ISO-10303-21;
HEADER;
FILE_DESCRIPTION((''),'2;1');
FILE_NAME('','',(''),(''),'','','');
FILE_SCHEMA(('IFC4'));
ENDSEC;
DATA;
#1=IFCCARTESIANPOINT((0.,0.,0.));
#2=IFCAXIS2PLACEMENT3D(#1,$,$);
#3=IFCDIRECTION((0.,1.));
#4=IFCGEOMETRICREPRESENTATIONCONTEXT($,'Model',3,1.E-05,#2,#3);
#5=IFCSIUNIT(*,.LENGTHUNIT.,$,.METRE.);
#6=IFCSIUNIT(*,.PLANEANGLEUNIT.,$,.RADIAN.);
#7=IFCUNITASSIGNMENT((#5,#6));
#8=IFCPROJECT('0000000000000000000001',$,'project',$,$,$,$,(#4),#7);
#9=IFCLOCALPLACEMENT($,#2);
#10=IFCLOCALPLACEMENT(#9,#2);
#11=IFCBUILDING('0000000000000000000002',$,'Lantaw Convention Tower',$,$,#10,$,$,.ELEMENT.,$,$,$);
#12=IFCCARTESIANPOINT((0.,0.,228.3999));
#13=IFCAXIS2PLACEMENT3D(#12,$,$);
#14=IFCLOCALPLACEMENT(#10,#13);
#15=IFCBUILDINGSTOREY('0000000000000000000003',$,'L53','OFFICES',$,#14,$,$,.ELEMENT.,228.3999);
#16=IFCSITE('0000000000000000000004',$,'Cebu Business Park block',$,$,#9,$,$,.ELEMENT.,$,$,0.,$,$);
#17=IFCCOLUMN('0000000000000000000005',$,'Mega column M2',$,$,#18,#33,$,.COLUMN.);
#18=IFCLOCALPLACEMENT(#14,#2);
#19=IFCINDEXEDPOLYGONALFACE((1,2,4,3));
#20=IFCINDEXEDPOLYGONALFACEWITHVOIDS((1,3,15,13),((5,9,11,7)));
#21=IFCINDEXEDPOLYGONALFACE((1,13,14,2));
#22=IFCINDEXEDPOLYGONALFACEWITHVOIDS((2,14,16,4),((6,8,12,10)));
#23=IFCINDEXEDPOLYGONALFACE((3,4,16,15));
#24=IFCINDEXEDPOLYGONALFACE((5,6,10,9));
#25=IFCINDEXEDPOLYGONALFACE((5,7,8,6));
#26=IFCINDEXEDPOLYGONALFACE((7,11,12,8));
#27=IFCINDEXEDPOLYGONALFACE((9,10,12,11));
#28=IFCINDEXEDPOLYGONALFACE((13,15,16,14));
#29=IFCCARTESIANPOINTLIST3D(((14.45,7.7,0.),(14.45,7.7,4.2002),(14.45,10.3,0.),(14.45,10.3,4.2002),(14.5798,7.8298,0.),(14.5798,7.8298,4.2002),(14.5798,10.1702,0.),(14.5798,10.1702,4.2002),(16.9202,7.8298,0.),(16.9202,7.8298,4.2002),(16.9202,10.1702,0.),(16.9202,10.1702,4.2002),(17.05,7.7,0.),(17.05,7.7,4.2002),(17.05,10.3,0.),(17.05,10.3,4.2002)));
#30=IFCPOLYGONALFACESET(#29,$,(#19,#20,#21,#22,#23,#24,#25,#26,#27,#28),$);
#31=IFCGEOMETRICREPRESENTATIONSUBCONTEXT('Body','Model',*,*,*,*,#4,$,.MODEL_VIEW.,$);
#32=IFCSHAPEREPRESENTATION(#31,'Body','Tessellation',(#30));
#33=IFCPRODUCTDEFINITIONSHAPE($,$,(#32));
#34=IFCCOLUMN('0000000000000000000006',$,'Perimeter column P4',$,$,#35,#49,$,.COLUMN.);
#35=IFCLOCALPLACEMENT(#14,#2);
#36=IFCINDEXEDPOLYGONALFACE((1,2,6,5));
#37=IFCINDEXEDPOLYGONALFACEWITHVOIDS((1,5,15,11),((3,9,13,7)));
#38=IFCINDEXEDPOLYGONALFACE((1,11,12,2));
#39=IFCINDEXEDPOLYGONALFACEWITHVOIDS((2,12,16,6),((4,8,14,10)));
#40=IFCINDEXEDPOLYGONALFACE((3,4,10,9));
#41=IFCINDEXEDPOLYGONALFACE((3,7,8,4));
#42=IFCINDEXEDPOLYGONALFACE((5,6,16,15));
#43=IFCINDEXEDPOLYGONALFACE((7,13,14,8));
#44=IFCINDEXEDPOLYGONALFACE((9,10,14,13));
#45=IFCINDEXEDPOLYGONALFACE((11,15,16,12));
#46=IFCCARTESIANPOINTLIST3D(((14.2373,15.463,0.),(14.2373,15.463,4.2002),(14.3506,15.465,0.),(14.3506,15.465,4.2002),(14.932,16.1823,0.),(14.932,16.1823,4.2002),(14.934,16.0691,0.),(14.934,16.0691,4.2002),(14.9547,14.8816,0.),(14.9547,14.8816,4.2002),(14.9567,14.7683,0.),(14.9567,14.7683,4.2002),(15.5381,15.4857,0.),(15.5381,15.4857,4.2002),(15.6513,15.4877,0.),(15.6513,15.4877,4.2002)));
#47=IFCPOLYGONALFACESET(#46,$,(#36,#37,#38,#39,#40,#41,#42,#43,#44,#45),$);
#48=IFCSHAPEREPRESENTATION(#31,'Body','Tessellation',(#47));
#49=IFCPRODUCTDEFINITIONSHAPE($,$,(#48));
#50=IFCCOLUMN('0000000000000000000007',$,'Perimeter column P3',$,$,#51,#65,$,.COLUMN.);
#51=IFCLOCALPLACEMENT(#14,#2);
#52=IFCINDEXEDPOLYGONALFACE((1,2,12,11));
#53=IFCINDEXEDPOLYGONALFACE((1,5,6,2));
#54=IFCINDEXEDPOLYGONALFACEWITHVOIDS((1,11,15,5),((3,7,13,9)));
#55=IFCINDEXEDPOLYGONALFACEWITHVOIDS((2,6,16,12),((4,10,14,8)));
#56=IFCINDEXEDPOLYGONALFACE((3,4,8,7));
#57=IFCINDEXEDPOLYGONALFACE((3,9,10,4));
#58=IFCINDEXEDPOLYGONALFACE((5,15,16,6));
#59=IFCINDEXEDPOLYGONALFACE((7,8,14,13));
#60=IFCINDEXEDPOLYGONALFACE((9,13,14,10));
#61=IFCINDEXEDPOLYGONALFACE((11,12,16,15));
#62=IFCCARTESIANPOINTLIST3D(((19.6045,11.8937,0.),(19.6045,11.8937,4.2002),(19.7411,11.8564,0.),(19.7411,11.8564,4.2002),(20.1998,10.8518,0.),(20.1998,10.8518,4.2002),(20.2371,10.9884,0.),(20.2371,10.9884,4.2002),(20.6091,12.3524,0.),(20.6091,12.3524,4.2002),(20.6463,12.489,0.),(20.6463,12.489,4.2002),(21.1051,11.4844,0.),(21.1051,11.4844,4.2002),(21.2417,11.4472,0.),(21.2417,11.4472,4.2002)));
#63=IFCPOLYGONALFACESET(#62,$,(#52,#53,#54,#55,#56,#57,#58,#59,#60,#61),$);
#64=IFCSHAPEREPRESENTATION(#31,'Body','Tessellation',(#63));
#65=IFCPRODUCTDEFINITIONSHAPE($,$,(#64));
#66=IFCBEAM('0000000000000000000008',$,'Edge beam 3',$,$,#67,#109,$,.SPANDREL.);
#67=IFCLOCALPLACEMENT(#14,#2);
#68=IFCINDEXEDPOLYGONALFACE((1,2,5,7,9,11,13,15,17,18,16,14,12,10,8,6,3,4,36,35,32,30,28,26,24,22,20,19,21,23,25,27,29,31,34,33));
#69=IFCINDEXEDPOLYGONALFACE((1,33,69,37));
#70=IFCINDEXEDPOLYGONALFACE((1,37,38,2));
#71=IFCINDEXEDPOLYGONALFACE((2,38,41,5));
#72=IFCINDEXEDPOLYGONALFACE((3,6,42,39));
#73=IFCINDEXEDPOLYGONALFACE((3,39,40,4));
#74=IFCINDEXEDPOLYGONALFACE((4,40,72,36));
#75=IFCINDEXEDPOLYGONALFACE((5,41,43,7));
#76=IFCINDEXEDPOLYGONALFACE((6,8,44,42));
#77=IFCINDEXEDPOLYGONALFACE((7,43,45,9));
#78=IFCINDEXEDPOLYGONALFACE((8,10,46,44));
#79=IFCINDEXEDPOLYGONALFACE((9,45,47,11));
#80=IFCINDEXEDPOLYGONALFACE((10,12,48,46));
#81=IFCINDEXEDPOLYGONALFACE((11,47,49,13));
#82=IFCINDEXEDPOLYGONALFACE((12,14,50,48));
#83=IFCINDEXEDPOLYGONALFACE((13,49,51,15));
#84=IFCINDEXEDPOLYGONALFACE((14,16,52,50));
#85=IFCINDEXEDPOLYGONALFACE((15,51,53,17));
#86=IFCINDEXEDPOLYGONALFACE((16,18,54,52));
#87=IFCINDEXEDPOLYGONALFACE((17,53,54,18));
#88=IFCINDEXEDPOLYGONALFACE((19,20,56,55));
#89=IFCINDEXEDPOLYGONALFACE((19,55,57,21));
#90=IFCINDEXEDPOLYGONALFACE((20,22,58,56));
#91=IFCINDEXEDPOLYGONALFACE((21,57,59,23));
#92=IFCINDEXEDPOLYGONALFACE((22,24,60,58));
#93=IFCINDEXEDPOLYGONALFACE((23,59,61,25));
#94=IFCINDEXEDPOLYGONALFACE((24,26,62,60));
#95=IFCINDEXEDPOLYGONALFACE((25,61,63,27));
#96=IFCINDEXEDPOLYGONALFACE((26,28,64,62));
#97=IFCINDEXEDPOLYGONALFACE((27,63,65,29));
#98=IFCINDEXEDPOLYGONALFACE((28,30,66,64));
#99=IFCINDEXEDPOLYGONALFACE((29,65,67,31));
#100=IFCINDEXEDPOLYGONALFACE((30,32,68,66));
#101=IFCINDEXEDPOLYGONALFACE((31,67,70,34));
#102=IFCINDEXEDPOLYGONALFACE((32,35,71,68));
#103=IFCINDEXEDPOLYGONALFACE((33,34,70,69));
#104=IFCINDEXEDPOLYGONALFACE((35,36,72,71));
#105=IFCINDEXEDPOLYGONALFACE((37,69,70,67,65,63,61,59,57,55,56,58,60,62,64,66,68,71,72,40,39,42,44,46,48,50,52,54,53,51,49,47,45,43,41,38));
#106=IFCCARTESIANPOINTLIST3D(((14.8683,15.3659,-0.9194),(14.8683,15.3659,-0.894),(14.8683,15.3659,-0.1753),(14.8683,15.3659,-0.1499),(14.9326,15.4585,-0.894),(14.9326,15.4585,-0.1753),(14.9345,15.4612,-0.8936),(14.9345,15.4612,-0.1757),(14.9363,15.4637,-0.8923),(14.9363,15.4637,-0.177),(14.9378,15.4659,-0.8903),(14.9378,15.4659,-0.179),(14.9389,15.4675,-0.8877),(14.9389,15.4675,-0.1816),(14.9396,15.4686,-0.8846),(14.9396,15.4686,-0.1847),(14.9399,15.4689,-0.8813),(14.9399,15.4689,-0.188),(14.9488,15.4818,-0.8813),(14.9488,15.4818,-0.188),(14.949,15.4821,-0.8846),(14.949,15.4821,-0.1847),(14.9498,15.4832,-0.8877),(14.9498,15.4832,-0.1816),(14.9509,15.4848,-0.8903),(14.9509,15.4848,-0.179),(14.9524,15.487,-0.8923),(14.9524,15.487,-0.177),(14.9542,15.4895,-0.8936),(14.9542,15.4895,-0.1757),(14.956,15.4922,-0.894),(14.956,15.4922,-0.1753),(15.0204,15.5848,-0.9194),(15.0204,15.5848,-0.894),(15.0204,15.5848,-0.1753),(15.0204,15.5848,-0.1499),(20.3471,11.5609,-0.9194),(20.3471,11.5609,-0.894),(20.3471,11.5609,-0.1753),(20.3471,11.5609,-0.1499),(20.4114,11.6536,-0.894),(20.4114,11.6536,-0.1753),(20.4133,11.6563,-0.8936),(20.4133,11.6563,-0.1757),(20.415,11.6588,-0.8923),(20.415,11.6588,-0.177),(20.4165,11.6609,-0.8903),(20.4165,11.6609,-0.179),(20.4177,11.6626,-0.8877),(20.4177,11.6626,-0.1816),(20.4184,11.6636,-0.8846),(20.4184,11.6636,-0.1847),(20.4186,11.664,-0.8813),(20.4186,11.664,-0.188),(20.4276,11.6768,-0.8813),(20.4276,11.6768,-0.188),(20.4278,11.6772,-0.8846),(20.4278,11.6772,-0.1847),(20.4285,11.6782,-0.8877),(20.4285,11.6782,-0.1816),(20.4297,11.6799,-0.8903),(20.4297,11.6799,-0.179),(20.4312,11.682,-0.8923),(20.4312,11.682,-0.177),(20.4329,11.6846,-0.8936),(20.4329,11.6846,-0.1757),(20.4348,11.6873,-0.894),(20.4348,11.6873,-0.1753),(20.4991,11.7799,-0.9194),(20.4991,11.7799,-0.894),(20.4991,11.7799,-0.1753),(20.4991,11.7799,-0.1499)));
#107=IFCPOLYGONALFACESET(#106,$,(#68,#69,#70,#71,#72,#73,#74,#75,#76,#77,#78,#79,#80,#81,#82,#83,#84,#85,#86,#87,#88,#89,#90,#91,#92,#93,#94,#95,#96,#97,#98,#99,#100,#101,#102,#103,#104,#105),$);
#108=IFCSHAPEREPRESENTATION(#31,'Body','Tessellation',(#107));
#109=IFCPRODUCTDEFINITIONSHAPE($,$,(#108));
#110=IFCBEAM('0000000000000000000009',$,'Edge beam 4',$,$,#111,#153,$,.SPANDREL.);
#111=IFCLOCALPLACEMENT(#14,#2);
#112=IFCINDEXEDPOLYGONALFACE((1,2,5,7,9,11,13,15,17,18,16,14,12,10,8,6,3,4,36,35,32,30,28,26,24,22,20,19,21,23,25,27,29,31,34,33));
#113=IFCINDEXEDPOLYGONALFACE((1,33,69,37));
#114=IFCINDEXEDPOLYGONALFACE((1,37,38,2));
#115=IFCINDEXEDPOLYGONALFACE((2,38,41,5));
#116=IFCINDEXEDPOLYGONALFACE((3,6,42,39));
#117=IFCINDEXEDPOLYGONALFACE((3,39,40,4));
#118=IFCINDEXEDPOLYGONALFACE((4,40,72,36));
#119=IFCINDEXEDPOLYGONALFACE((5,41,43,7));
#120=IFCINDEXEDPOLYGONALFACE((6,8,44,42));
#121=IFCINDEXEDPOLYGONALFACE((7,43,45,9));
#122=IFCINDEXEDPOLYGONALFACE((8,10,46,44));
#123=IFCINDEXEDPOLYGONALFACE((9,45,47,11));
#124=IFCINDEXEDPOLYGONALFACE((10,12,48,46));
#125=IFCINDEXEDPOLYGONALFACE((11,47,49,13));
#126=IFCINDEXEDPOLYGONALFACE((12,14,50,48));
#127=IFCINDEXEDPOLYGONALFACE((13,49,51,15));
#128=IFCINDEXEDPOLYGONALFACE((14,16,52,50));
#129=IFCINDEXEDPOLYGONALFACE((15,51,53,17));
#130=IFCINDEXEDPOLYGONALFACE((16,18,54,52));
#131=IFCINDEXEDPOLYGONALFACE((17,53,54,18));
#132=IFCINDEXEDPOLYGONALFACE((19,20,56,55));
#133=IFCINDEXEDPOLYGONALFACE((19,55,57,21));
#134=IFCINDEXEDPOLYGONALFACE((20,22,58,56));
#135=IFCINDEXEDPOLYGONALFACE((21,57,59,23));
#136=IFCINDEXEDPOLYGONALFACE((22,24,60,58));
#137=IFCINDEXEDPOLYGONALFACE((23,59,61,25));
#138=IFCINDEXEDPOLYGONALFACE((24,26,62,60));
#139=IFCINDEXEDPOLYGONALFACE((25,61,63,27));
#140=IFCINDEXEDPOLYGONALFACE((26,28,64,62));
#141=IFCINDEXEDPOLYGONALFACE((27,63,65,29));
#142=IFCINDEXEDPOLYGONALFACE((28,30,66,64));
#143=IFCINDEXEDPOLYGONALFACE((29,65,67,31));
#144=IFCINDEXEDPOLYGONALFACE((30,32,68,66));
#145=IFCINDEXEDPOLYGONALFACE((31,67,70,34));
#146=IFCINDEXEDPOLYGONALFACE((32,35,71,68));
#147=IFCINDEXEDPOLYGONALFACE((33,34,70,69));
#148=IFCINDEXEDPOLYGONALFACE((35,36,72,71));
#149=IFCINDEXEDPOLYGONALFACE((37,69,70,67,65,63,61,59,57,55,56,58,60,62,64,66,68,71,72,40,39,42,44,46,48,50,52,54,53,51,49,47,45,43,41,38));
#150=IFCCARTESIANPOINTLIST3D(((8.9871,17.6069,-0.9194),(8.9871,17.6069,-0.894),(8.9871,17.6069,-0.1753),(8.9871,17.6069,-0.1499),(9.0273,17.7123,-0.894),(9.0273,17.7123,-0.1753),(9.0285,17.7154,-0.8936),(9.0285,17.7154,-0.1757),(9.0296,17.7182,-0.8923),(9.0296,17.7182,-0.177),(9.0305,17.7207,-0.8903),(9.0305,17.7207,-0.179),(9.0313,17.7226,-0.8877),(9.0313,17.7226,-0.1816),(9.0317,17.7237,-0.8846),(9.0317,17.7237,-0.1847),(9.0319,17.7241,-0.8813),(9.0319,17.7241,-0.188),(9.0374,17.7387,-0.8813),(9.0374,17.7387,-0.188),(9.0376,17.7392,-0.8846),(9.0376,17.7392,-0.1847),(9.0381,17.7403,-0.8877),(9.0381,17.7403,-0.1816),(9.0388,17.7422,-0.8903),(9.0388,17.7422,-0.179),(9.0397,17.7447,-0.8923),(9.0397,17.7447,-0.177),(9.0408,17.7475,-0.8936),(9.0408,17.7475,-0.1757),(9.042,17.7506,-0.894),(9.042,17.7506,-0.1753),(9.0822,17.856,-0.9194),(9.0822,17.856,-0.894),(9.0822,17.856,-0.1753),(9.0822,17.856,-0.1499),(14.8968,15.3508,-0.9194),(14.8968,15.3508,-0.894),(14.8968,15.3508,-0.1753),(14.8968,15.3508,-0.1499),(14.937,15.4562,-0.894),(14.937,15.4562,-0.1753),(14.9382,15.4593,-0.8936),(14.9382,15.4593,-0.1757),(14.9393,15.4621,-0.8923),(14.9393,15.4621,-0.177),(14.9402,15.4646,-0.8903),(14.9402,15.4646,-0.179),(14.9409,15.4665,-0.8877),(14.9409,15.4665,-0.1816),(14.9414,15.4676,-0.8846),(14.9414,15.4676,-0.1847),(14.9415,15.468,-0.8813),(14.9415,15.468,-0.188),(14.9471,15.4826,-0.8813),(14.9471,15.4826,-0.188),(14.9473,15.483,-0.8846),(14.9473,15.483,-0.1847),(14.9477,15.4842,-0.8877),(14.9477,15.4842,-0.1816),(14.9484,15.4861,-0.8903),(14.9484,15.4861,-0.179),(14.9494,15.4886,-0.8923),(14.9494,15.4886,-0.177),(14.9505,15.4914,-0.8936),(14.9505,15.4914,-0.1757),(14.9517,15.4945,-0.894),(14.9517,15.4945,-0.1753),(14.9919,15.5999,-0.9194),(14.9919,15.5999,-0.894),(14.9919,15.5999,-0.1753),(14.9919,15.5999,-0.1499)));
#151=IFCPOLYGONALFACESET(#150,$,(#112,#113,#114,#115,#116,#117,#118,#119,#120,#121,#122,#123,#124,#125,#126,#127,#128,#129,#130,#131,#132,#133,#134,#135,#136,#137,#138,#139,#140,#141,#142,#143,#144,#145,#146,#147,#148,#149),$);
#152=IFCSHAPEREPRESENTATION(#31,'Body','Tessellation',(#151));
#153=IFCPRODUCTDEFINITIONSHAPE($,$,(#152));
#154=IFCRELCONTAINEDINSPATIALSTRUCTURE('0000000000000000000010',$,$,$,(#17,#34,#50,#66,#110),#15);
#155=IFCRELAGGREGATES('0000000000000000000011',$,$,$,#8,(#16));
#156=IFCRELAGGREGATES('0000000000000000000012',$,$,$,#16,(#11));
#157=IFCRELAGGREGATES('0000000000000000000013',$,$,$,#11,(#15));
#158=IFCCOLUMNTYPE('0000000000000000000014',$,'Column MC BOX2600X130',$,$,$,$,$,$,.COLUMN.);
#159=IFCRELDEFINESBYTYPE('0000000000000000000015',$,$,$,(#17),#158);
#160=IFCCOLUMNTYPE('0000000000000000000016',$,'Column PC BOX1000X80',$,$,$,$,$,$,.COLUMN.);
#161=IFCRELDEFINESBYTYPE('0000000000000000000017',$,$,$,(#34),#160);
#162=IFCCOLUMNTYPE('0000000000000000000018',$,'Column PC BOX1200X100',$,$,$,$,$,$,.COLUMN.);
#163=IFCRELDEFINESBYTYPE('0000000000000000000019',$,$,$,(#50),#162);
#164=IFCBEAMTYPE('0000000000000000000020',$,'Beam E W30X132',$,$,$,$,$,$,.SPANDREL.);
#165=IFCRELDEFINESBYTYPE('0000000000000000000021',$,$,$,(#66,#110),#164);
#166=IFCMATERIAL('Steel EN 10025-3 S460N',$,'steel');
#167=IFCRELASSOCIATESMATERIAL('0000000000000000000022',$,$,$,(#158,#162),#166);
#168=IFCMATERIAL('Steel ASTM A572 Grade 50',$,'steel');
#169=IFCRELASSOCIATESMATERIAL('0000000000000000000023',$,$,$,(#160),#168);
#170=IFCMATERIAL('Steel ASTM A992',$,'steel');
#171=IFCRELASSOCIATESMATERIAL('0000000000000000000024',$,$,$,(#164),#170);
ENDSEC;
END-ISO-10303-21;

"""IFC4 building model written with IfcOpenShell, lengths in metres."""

from ifc_helpers import new_model, si_unit, direction, frame, origin, origin_2d, place, context, subcontext, project, spatial, rectangle, hollow_rectangle, i_section, extrude, material, material_profile, profile_set, type_object, element, save


model = new_model("IFC4")

# Units and contexts
model_context = context("Model", 3, precision=1e-05, world=origin(), true_north=direction((0.0, 1.0)))
body_context = subcontext(model_context, "Body", "Model", "MODEL_VIEW")
ifc_project = project(units=[si_unit("LENGTHUNIT", "METRE"), si_unit("PLANEANGLEUNIT", "RADIAN")], contexts=[model_context])

# Site, building, storey
site_placement = place(None, origin())
site = spatial("IfcSite", under=ifc_project, at=site_placement, Name="Cebu Business Park block", CompositionType="ELEMENT", RefElevation=0.0)
building_placement = place(site_placement, origin())
building = spatial("IfcBuilding", under=site, at=building_placement, Name="Lantaw Convention Tower", CompositionType="ELEMENT")
storey_placement = place(building_placement, frame((0.0, 0.0, 228.3999)))
storey = spatial("IfcBuildingStorey", under=building, at=storey_placement, Name="L53", Description="OFFICES", CompositionType="ELEMENT", Elevation=228.3999)

# Columns
ifc_material_1 = material(Name="Steel EN 10025-3 S460N", Category="steel")
ifc_material_profile_1 = material_profile(ifc_material_1, hollow_rectangle(XDim=2.6001, YDim=2.6001, WallThickness=0.1299, at=origin_2d()), Name="BOX2600X130")
ifc_material_2 = material(Name="Concrete C60/75", Category="concrete")
ifc_material_profile_2 = material_profile(ifc_material_2, rectangle(XDim=2.3401, YDim=2.3401, at=origin_2d()), Name="Concrete fill of BOX2600X130")
ifc_profile_set_1 = profile_set([ifc_material_profile_1, ifc_material_profile_2], Name="Steel EN 10025-3 S460N")
column_type_1 = type_object("IfcColumnType", Name="Column MC BOX2600X130", PredefinedType="COLUMN", material=ifc_profile_set_1)
column_1_placement = place(storey_placement, frame((15.75, 9.0, 0.0), z_axis=(0.0, 0.0, 1.0), x_axis=(1.0, 0.0, 0.0)))
element("IfcColumn", 1, at=column_1_placement, inside=storey, type_object=column_type_1, Name="Mega column M2", PredefinedType="COLUMN", context=body_context, shape_type="SweptSolid", body=[
    extrude(hollow_rectangle(XDim=2.6001, YDim=2.6001, WallThickness=0.1299, at=origin_2d()), origin(), (0.0, 0.0, 1.0), 4.2002),
])
ifc_material_3 = material(Name="Steel ASTM A572 Grade 50", Category="steel")
ifc_material_profile_3 = material_profile(ifc_material_3, hollow_rectangle(XDim=1.0, YDim=1.0, WallThickness=0.0801, at=origin_2d()), Name="BOX1000X80")
ifc_material_profile_4 = material_profile(ifc_material_2, rectangle(XDim=0.8401, YDim=0.8401, at=origin_2d()), Name="Concrete fill of BOX1000X80")
ifc_profile_set_2 = profile_set([ifc_material_profile_3, ifc_material_profile_4], Name="Steel ASTM A572 Grade 50")
column_type_2 = type_object("IfcColumnType", Name="Column PC BOX1000X80", PredefinedType="COLUMN", material=ifc_profile_set_2)
column_2_placement = place(storey_placement, frame((14.9443, 15.4753, 0.0), z_axis=(0.0, 0.0, 1.0), x_axis=(0.694658, 0.71934, 0.0)))
element("IfcColumn", 2, at=column_2_placement, inside=storey, type_object=column_type_2, Name="Perimeter column P4", PredefinedType="COLUMN", context=body_context, shape_type="SweptSolid", body=[
    extrude(hollow_rectangle(XDim=1.0, YDim=1.0, WallThickness=0.0801, at=origin_2d()), origin(), (0.0, 0.0, 1.0), 4.2002),
])
ifc_material_profile_5 = material_profile(ifc_material_1, hollow_rectangle(XDim=1.2, YDim=1.2, WallThickness=0.1001, at=origin_2d()), Name="BOX1200X100")
ifc_material_profile_6 = material_profile(ifc_material_2, rectangle(XDim=1.0, YDim=1.0, at=origin_2d()), Name="Concrete fill of BOX1200X100")
ifc_profile_set_3 = profile_set([ifc_material_profile_5, ifc_material_profile_6], Name="Steel EN 10025-3 S460N")
column_type_3 = type_object("IfcColumnType", Name="Column PC BOX1200X100", PredefinedType="COLUMN", material=ifc_profile_set_3)
column_3_placement = place(storey_placement, frame((20.4231, 11.6704, 0.0), z_axis=(0.0, 0.0, 1.0), x_axis=(0.868243, 0.496139, 0.0)))
element("IfcColumn", 3, at=column_3_placement, inside=storey, type_object=column_type_3, Name="Perimeter column P3", PredefinedType="COLUMN", context=body_context, shape_type="SweptSolid", body=[
    extrude(hollow_rectangle(XDim=1.2, YDim=1.2, WallThickness=0.1001, at=origin_2d()), origin(), (0.0, 0.0, 1.0), 4.2002),
])

# Beams
ifc_material_4 = material(Name="Steel ASTM A992", Category="steel")
ifc_material_profile_7 = material_profile(ifc_material_4, i_section(OverallWidth=0.2666, OverallDepth=0.7695, WebThickness=0.0156, FlangeThickness=0.0254, FilletRadius=0.0127, at=origin_2d()), Name="W30X132")
ifc_profile_set_4 = profile_set([ifc_material_profile_7], Name="Steel ASTM A992")
beam_type_1 = type_object("IfcBeamType", Name="Beam E W30X132", PredefinedType="SPANDREL", material=ifc_profile_set_4)
beam_1_placement = place(storey_placement, frame((20.4231, 11.6704, -0.5347), z_axis=(-0.821353, 0.57042, 0.0), x_axis=(-0.57042, -0.821353, 0.0)))
element("IfcBeam", 4, at=beam_1_placement, inside=storey, type_object=beam_type_1, Name="Edge beam 3", PredefinedType="SPANDREL", context=body_context, shape_type="SweptSolid", body=[
    extrude(i_section(OverallWidth=0.2666, OverallDepth=0.7695, WebThickness=0.0156, FlangeThickness=0.0254, FilletRadius=0.0127, at=origin_2d()), origin(), (0.0, 0.0, 1.0), 6.6704),
])
beam_2_placement = place(storey_placement, frame((14.9443, 15.4753, -0.5347), z_axis=(-0.934235, 0.356658, 0.0), x_axis=(-0.356658, -0.934235, 0.0)))
element("IfcBeam", 5, at=beam_2_placement, inside=storey, type_object=beam_type_1, Name="Edge beam 4", PredefinedType="SPANDREL", context=body_context, shape_type="SweptSolid", body=[
    extrude(i_section(OverallWidth=0.2666, OverallDepth=0.7695, WebThickness=0.0156, FlangeThickness=0.0254, FilletRadius=0.0127, at=origin_2d()), origin(), (0.0, 0.0, 1.0), 6.3257),
])

save(model, "model.ifc")
